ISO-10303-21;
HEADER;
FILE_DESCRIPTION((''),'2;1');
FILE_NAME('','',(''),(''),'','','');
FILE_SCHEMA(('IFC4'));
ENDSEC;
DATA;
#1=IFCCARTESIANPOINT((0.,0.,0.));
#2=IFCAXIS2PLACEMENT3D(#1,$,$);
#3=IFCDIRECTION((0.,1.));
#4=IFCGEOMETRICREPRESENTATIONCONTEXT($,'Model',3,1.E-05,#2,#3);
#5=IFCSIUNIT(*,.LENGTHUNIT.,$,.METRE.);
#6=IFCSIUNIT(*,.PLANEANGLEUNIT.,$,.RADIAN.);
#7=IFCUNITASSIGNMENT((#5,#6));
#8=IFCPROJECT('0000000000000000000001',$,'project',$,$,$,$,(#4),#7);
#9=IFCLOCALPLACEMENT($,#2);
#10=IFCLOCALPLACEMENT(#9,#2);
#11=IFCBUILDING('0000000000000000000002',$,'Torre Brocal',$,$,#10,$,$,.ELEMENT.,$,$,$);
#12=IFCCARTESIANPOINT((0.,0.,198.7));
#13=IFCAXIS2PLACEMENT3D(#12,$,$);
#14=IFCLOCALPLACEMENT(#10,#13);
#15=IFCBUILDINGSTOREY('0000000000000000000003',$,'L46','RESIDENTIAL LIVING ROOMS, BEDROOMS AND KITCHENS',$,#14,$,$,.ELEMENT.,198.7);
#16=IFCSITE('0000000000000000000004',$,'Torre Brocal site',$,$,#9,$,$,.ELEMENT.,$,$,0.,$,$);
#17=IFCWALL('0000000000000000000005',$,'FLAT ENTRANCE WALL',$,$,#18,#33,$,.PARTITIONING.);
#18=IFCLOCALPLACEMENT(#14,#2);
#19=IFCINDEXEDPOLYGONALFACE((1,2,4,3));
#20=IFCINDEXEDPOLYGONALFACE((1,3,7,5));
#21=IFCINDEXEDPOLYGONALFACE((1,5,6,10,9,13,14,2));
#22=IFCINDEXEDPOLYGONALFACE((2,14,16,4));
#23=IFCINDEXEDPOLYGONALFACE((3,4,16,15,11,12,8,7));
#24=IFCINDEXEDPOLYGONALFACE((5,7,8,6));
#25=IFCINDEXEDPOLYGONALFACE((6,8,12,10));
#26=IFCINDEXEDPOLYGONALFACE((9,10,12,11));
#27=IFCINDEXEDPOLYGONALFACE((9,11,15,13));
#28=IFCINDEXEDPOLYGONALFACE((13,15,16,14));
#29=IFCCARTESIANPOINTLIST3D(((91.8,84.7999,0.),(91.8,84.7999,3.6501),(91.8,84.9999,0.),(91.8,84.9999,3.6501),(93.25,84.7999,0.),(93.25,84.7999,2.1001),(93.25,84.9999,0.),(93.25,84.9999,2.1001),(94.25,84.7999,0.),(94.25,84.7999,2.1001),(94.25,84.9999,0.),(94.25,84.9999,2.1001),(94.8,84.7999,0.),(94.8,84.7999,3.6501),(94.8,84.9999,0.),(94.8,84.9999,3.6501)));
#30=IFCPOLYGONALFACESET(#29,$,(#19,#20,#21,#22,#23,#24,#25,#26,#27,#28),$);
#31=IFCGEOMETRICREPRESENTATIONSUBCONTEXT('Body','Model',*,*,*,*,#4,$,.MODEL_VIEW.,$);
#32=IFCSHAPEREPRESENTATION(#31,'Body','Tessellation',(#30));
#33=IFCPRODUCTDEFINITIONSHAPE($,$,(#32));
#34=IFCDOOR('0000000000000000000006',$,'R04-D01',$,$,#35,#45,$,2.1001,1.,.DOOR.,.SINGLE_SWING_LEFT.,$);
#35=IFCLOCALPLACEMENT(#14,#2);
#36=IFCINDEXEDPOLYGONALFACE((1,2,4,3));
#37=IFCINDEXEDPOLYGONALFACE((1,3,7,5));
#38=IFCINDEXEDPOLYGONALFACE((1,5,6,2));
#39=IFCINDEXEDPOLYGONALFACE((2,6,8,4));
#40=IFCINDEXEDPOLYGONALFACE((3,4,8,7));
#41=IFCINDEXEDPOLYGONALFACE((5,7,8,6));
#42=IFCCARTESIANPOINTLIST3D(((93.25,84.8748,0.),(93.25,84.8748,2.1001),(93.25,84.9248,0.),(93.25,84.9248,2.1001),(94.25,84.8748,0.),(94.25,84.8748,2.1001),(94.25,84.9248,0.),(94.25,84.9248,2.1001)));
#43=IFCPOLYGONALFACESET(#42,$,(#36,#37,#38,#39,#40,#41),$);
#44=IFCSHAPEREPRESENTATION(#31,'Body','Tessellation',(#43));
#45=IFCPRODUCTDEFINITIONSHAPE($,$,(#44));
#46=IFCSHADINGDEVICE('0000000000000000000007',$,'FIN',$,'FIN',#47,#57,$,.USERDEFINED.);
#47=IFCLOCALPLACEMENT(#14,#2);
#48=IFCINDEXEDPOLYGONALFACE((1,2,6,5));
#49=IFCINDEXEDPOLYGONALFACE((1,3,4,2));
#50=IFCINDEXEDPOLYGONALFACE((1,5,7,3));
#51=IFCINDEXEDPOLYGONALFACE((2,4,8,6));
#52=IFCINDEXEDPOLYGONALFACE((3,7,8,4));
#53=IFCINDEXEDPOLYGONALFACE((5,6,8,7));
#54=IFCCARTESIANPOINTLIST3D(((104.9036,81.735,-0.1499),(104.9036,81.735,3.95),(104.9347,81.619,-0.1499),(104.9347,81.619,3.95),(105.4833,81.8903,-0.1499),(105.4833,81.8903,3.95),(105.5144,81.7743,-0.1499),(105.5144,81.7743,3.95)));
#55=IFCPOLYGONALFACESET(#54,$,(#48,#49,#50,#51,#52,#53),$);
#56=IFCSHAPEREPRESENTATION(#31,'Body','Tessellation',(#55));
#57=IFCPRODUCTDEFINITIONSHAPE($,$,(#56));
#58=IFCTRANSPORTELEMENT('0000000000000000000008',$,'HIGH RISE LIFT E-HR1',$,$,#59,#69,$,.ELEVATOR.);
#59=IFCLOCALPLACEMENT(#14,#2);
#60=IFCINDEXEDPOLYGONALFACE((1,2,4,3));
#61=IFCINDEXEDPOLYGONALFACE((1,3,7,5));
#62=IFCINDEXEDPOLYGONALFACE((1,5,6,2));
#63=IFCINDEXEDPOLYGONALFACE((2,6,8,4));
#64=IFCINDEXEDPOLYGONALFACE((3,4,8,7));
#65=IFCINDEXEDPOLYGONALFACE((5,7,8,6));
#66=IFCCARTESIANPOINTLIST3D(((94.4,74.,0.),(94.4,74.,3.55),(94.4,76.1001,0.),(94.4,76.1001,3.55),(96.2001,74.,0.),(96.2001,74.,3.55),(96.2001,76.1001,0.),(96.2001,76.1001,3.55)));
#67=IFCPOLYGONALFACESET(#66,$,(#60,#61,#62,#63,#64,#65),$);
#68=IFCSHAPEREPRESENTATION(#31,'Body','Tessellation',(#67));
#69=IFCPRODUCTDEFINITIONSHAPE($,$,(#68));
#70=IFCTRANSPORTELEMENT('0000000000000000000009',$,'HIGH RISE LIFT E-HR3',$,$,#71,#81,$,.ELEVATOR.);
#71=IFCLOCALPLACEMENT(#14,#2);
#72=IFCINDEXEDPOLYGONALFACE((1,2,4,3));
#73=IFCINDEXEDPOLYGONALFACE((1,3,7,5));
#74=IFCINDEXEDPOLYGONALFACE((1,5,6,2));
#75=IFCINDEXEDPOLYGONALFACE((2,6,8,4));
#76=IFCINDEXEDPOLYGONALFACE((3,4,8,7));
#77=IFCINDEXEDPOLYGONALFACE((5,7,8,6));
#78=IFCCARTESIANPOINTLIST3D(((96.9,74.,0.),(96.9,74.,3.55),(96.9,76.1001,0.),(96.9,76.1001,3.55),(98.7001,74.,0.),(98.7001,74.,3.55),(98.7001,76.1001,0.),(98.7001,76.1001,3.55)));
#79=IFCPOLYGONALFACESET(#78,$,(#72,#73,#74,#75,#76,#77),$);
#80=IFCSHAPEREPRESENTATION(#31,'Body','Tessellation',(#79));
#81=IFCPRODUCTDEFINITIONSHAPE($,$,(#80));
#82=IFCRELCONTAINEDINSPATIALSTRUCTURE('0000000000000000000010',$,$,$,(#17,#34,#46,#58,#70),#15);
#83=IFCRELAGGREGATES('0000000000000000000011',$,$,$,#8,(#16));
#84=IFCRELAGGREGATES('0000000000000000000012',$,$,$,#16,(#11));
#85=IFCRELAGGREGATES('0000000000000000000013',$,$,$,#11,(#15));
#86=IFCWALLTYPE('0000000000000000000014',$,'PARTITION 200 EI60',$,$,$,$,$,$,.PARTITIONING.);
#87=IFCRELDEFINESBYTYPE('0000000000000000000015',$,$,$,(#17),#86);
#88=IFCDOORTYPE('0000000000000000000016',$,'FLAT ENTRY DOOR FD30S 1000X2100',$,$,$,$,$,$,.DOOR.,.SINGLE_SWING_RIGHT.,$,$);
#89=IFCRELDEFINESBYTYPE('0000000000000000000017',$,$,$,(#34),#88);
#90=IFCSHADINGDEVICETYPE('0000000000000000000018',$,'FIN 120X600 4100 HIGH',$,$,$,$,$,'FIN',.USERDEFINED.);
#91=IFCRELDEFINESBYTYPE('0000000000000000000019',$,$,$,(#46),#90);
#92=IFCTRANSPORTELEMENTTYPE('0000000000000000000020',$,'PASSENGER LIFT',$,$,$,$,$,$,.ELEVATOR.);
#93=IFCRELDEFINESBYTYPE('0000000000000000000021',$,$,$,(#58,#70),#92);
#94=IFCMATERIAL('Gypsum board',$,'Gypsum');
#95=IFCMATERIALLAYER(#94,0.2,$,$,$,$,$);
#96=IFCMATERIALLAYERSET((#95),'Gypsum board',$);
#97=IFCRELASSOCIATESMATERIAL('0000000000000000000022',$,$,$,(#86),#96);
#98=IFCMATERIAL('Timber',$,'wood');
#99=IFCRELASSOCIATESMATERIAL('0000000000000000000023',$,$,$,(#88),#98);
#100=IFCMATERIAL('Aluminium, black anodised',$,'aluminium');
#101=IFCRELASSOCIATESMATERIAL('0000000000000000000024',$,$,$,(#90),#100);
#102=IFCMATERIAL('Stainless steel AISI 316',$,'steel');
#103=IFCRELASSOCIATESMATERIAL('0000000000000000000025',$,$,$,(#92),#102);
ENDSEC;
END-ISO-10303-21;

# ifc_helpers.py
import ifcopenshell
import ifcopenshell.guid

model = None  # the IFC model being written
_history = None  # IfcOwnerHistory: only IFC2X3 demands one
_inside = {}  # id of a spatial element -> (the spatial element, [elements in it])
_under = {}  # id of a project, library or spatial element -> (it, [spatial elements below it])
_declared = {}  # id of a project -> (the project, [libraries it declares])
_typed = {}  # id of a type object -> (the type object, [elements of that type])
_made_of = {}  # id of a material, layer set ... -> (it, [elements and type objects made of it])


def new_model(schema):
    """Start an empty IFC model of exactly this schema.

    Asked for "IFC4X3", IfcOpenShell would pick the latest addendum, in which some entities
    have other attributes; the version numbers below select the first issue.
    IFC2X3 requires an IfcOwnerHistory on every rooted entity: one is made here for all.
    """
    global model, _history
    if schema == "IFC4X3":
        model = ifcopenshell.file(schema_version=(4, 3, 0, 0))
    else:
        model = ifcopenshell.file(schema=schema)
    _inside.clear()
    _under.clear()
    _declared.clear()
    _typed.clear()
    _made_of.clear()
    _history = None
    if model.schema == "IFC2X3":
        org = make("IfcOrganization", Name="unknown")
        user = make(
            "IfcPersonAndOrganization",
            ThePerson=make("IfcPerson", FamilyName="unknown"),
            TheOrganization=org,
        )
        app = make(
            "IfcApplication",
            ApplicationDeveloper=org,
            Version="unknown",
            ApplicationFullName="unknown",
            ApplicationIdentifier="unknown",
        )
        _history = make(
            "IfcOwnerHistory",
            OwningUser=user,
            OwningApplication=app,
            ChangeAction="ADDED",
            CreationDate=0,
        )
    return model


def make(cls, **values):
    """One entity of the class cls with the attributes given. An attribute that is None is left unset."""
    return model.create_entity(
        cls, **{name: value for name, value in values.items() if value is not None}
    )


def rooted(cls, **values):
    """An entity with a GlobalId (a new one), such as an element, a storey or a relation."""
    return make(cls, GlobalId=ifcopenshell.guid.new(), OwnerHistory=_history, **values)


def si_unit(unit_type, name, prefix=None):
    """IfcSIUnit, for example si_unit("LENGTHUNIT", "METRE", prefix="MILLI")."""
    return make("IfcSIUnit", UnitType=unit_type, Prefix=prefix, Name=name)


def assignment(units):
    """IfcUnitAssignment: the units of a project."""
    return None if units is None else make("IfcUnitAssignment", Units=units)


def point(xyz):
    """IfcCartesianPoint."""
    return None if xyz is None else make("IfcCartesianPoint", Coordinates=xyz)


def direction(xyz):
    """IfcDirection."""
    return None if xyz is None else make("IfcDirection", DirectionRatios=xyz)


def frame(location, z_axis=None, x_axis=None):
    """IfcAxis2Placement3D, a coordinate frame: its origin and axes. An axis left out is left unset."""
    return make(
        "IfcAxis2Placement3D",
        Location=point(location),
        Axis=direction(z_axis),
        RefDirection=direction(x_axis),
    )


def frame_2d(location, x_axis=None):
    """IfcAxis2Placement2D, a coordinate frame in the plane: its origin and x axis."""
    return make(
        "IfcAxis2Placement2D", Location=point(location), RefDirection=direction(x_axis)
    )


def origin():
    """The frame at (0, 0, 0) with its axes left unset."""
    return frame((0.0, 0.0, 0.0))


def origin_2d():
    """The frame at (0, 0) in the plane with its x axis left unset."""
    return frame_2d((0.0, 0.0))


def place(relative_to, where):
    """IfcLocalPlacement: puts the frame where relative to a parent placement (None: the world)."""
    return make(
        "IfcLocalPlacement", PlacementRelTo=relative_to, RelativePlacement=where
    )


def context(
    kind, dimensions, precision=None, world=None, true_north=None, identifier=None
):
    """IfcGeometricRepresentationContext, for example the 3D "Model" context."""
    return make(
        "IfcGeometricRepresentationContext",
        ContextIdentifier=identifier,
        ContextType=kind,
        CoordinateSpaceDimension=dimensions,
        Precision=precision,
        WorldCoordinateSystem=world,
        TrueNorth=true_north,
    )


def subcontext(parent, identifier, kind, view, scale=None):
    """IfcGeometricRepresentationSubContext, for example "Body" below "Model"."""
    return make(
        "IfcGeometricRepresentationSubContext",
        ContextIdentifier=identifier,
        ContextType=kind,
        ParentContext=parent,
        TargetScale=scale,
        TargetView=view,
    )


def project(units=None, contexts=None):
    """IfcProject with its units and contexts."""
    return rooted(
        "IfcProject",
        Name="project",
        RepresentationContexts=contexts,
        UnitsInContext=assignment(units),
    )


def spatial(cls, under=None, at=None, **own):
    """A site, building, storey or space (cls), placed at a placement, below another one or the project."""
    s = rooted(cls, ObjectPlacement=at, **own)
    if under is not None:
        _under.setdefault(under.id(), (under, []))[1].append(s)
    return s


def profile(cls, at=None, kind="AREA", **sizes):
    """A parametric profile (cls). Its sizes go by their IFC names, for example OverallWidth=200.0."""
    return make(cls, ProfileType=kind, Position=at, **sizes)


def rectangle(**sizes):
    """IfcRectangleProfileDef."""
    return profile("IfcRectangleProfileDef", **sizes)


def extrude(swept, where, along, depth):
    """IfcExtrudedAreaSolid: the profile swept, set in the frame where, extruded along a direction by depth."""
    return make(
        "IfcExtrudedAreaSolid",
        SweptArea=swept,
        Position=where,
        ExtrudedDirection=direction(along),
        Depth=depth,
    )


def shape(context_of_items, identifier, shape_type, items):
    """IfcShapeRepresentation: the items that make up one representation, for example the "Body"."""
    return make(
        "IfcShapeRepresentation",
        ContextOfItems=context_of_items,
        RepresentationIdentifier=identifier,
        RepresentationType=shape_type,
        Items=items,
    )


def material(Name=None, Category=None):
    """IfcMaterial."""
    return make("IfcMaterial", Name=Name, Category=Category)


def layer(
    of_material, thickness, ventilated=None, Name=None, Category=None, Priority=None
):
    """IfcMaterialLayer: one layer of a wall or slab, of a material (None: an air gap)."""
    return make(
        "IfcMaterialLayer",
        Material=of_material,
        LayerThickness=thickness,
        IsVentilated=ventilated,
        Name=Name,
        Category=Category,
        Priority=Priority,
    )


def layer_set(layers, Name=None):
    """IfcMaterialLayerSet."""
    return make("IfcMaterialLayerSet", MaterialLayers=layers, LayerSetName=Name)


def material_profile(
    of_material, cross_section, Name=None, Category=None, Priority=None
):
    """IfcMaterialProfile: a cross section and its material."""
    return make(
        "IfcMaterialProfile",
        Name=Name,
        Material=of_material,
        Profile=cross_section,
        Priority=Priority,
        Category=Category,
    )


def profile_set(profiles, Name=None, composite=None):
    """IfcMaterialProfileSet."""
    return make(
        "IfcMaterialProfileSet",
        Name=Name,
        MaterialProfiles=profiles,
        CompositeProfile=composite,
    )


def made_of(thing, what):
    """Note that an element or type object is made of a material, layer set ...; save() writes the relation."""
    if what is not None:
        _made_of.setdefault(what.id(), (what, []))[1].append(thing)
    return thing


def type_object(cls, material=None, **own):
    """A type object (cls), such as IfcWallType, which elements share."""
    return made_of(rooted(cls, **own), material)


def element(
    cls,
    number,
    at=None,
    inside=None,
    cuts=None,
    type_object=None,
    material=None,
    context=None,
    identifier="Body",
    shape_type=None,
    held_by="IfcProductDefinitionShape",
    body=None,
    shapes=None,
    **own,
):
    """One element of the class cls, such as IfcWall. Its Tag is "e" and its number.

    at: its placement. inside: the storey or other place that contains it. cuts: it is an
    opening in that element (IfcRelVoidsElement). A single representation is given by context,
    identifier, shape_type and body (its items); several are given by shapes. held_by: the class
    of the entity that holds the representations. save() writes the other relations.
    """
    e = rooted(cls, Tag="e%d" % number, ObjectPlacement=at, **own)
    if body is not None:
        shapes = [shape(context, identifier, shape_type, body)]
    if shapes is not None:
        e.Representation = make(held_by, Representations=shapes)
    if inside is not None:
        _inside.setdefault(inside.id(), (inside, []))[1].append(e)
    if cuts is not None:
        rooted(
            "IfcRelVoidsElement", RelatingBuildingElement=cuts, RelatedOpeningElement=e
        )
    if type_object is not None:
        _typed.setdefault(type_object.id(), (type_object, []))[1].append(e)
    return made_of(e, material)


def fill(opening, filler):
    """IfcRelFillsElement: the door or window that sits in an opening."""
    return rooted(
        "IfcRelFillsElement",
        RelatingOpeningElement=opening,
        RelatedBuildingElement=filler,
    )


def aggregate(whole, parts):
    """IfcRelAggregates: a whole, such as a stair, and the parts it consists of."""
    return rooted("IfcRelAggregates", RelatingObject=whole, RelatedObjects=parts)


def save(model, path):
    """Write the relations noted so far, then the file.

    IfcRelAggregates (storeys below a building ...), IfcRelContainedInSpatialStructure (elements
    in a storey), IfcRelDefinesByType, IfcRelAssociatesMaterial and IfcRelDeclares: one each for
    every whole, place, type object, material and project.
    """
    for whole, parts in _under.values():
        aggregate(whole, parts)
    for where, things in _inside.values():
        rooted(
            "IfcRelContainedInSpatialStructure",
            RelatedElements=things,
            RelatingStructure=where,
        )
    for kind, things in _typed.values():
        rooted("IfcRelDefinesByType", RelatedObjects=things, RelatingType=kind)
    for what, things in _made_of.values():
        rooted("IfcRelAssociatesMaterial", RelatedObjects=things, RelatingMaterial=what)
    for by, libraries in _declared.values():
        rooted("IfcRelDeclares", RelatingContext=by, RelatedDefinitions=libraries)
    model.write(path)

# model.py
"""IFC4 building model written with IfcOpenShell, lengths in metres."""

from ifc_helpers import new_model, si_unit, direction, frame, frame_2d, origin, origin_2d, place, context, subcontext, project, spatial, rectangle, extrude, material, layer, layer_set, material_profile, profile_set, type_object, element, fill, save


model = new_model("IFC4")

# Units and contexts
model_context = context("Model", 3, precision=1e-05, world=origin(), true_north=direction((0.0, 1.0)))
body_context = subcontext(model_context, "Body", "Model", "MODEL_VIEW")
ifc_project = project(units=[si_unit("LENGTHUNIT", "METRE"), si_unit("PLANEANGLEUNIT", "RADIAN")], contexts=[model_context])

# Site, building, storey
site_placement = place(None, origin())
site = spatial("IfcSite", under=ifc_project, at=site_placement, Name="Torre Brocal site", CompositionType="ELEMENT", RefElevation=0.0)
building_placement = place(site_placement, origin())
building = spatial("IfcBuilding", under=site, at=building_placement, Name="Torre Brocal", CompositionType="ELEMENT")
storey_placement = place(building_placement, frame((0.0, 0.0, 198.7)))
storey = spatial("IfcBuildingStorey", under=building, at=storey_placement, Name="L46", Description="RESIDENTIAL LIVING ROOMS, BEDROOMS AND KITCHENS", CompositionType="ELEMENT", Elevation=198.7)

# Wall, opening, door
ifc_material_1 = material(Name="Gypsum board", Category="Gypsum")
ifc_layer_1 = layer(ifc_material_1, 0.2)
ifc_layer_set_1 = layer_set([ifc_layer_1], Name="Gypsum board")
wall_type_1 = type_object("IfcWallType", Name="PARTITION 200 EI60", PredefinedType="PARTITIONING", material=ifc_layer_set_1)
wall_1_placement = place(storey_placement, frame((91.8, 84.8999, 0.0), z_axis=(0.0, 0.0, 1.0), x_axis=(1.0, 0.0, 0.0)))
wall_1 = element("IfcWall", 1, at=wall_1_placement, inside=storey, type_object=wall_type_1, Name="FLAT ENTRANCE WALL", PredefinedType="PARTITIONING", context=body_context, shape_type="SweptSolid", body=[
    extrude(rectangle(XDim=3.0, YDim=0.2, at=frame_2d((1.5, 0.0))), origin(), (0.0, 0.0, 1.0), 3.6501),
])
opening_1_placement = place(wall_1_placement, frame((1.45, 0.0, 0.0)))
opening_1 = element("IfcOpeningElement", 2, at=opening_1_placement, cuts=wall_1, PredefinedType="OPENING", context=body_context, shape_type="SweptSolid", body=[
    extrude(rectangle(XDim=1.0, YDim=2.1001, at=frame_2d((0.5, 1.05))), frame((0.0, 0.1099, 0.0), z_axis=(0.0, -1.0, 0.0), x_axis=(1.0, 0.0, 0.0)), (0.0, 0.0, 1.0), 0.22),
])
ifc_material_2 = material(Name="Timber", Category="wood")
door_type_1 = type_object("IfcDoorType", Name="FLAT ENTRY DOOR FD30S 1000X2100", OperationType="SINGLE_SWING_RIGHT", PredefinedType="DOOR", material=ifc_material_2)
door_1_placement = place(opening_1_placement, origin())
door_1 = element("IfcDoor", 3, at=door_1_placement, inside=storey, type_object=door_type_1, Name="R04-D01", OperationType="SINGLE_SWING_LEFT", OverallHeight=2.1001, OverallWidth=1.0, PredefinedType="DOOR", context=body_context, shape_type="SweptSolid", body=[
    extrude(rectangle(XDim=1.0, YDim=2.1001, at=frame_2d((0.5, 1.05))), frame((0.0, 0.0249, 0.0), z_axis=(0.0, -1.0, 0.0), x_axis=(1.0, 0.0, 0.0)), (0.0, 0.0, 1.0), 0.05),
])
fill(opening_1, door_1)

# Shading device
ifc_material_3 = material(Name="Aluminium, black anodised", Category="aluminium")
ifc_material_profile_1 = material_profile(ifc_material_3, rectangle(XDim=0.1201, YDim=0.6001, at=origin_2d()), Name="FIN 120X600 4100 HIGH")
ifc_profile_set_1 = profile_set([ifc_material_profile_1], Name="Aluminium, black anodised")
shading_device_type = type_object("IfcShadingDeviceType", Name="FIN 120X600 4100 HIGH", ElementType="FIN", PredefinedType="USERDEFINED", material=ifc_profile_set_1)
shading_device_placement = place(storey_placement, frame((105.209, 81.7546, -0.1499), z_axis=(0.0, 0.0, 1.0), x_axis=(-0.258819, 0.965926, 0.0)))
element("IfcShadingDevice", 4, at=shading_device_placement, inside=storey, type_object=shading_device_type, Name="FIN", ObjectType="FIN", PredefinedType="USERDEFINED", context=body_context, shape_type="SweptSolid", body=[
    extrude(rectangle(XDim=0.1201, YDim=0.6001, at=origin_2d()), origin(), (0.0, 0.0, 1.0), 4.0999),
])

# Transport elements
ifc_material_4 = material(Name="Stainless steel AISI 316", Category="steel")
transport_element_type = type_object("IfcTransportElementType", Name="PASSENGER LIFT", PredefinedType="ELEVATOR", material=ifc_material_4)
for number, where, z_axis, x_axis, name in (
    (5, (95.3, 75.05, 0.0), (0.0, 0.0, 1.0), (1.0, 0.0, 0.0), "HIGH RISE LIFT E-HR1"),
    (6, (97.8, 75.05, 0.0), (0.0, 0.0, 1.0), (1.0, 0.0, 0.0), "HIGH RISE LIFT E-HR3"),
):
    element("IfcTransportElement", number, at=place(storey_placement, frame(where, z_axis=z_axis, x_axis=x_axis)), inside=storey, type_object=transport_element_type, Name=name, PredefinedType="ELEVATOR", context=body_context, shape_type="SweptSolid", body=[
        extrude(rectangle(XDim=1.8, YDim=2.1001, at=origin_2d()), origin(), (0.0, 0.0, 1.0), 3.55),
    ])

save(model, "model.ifc")
